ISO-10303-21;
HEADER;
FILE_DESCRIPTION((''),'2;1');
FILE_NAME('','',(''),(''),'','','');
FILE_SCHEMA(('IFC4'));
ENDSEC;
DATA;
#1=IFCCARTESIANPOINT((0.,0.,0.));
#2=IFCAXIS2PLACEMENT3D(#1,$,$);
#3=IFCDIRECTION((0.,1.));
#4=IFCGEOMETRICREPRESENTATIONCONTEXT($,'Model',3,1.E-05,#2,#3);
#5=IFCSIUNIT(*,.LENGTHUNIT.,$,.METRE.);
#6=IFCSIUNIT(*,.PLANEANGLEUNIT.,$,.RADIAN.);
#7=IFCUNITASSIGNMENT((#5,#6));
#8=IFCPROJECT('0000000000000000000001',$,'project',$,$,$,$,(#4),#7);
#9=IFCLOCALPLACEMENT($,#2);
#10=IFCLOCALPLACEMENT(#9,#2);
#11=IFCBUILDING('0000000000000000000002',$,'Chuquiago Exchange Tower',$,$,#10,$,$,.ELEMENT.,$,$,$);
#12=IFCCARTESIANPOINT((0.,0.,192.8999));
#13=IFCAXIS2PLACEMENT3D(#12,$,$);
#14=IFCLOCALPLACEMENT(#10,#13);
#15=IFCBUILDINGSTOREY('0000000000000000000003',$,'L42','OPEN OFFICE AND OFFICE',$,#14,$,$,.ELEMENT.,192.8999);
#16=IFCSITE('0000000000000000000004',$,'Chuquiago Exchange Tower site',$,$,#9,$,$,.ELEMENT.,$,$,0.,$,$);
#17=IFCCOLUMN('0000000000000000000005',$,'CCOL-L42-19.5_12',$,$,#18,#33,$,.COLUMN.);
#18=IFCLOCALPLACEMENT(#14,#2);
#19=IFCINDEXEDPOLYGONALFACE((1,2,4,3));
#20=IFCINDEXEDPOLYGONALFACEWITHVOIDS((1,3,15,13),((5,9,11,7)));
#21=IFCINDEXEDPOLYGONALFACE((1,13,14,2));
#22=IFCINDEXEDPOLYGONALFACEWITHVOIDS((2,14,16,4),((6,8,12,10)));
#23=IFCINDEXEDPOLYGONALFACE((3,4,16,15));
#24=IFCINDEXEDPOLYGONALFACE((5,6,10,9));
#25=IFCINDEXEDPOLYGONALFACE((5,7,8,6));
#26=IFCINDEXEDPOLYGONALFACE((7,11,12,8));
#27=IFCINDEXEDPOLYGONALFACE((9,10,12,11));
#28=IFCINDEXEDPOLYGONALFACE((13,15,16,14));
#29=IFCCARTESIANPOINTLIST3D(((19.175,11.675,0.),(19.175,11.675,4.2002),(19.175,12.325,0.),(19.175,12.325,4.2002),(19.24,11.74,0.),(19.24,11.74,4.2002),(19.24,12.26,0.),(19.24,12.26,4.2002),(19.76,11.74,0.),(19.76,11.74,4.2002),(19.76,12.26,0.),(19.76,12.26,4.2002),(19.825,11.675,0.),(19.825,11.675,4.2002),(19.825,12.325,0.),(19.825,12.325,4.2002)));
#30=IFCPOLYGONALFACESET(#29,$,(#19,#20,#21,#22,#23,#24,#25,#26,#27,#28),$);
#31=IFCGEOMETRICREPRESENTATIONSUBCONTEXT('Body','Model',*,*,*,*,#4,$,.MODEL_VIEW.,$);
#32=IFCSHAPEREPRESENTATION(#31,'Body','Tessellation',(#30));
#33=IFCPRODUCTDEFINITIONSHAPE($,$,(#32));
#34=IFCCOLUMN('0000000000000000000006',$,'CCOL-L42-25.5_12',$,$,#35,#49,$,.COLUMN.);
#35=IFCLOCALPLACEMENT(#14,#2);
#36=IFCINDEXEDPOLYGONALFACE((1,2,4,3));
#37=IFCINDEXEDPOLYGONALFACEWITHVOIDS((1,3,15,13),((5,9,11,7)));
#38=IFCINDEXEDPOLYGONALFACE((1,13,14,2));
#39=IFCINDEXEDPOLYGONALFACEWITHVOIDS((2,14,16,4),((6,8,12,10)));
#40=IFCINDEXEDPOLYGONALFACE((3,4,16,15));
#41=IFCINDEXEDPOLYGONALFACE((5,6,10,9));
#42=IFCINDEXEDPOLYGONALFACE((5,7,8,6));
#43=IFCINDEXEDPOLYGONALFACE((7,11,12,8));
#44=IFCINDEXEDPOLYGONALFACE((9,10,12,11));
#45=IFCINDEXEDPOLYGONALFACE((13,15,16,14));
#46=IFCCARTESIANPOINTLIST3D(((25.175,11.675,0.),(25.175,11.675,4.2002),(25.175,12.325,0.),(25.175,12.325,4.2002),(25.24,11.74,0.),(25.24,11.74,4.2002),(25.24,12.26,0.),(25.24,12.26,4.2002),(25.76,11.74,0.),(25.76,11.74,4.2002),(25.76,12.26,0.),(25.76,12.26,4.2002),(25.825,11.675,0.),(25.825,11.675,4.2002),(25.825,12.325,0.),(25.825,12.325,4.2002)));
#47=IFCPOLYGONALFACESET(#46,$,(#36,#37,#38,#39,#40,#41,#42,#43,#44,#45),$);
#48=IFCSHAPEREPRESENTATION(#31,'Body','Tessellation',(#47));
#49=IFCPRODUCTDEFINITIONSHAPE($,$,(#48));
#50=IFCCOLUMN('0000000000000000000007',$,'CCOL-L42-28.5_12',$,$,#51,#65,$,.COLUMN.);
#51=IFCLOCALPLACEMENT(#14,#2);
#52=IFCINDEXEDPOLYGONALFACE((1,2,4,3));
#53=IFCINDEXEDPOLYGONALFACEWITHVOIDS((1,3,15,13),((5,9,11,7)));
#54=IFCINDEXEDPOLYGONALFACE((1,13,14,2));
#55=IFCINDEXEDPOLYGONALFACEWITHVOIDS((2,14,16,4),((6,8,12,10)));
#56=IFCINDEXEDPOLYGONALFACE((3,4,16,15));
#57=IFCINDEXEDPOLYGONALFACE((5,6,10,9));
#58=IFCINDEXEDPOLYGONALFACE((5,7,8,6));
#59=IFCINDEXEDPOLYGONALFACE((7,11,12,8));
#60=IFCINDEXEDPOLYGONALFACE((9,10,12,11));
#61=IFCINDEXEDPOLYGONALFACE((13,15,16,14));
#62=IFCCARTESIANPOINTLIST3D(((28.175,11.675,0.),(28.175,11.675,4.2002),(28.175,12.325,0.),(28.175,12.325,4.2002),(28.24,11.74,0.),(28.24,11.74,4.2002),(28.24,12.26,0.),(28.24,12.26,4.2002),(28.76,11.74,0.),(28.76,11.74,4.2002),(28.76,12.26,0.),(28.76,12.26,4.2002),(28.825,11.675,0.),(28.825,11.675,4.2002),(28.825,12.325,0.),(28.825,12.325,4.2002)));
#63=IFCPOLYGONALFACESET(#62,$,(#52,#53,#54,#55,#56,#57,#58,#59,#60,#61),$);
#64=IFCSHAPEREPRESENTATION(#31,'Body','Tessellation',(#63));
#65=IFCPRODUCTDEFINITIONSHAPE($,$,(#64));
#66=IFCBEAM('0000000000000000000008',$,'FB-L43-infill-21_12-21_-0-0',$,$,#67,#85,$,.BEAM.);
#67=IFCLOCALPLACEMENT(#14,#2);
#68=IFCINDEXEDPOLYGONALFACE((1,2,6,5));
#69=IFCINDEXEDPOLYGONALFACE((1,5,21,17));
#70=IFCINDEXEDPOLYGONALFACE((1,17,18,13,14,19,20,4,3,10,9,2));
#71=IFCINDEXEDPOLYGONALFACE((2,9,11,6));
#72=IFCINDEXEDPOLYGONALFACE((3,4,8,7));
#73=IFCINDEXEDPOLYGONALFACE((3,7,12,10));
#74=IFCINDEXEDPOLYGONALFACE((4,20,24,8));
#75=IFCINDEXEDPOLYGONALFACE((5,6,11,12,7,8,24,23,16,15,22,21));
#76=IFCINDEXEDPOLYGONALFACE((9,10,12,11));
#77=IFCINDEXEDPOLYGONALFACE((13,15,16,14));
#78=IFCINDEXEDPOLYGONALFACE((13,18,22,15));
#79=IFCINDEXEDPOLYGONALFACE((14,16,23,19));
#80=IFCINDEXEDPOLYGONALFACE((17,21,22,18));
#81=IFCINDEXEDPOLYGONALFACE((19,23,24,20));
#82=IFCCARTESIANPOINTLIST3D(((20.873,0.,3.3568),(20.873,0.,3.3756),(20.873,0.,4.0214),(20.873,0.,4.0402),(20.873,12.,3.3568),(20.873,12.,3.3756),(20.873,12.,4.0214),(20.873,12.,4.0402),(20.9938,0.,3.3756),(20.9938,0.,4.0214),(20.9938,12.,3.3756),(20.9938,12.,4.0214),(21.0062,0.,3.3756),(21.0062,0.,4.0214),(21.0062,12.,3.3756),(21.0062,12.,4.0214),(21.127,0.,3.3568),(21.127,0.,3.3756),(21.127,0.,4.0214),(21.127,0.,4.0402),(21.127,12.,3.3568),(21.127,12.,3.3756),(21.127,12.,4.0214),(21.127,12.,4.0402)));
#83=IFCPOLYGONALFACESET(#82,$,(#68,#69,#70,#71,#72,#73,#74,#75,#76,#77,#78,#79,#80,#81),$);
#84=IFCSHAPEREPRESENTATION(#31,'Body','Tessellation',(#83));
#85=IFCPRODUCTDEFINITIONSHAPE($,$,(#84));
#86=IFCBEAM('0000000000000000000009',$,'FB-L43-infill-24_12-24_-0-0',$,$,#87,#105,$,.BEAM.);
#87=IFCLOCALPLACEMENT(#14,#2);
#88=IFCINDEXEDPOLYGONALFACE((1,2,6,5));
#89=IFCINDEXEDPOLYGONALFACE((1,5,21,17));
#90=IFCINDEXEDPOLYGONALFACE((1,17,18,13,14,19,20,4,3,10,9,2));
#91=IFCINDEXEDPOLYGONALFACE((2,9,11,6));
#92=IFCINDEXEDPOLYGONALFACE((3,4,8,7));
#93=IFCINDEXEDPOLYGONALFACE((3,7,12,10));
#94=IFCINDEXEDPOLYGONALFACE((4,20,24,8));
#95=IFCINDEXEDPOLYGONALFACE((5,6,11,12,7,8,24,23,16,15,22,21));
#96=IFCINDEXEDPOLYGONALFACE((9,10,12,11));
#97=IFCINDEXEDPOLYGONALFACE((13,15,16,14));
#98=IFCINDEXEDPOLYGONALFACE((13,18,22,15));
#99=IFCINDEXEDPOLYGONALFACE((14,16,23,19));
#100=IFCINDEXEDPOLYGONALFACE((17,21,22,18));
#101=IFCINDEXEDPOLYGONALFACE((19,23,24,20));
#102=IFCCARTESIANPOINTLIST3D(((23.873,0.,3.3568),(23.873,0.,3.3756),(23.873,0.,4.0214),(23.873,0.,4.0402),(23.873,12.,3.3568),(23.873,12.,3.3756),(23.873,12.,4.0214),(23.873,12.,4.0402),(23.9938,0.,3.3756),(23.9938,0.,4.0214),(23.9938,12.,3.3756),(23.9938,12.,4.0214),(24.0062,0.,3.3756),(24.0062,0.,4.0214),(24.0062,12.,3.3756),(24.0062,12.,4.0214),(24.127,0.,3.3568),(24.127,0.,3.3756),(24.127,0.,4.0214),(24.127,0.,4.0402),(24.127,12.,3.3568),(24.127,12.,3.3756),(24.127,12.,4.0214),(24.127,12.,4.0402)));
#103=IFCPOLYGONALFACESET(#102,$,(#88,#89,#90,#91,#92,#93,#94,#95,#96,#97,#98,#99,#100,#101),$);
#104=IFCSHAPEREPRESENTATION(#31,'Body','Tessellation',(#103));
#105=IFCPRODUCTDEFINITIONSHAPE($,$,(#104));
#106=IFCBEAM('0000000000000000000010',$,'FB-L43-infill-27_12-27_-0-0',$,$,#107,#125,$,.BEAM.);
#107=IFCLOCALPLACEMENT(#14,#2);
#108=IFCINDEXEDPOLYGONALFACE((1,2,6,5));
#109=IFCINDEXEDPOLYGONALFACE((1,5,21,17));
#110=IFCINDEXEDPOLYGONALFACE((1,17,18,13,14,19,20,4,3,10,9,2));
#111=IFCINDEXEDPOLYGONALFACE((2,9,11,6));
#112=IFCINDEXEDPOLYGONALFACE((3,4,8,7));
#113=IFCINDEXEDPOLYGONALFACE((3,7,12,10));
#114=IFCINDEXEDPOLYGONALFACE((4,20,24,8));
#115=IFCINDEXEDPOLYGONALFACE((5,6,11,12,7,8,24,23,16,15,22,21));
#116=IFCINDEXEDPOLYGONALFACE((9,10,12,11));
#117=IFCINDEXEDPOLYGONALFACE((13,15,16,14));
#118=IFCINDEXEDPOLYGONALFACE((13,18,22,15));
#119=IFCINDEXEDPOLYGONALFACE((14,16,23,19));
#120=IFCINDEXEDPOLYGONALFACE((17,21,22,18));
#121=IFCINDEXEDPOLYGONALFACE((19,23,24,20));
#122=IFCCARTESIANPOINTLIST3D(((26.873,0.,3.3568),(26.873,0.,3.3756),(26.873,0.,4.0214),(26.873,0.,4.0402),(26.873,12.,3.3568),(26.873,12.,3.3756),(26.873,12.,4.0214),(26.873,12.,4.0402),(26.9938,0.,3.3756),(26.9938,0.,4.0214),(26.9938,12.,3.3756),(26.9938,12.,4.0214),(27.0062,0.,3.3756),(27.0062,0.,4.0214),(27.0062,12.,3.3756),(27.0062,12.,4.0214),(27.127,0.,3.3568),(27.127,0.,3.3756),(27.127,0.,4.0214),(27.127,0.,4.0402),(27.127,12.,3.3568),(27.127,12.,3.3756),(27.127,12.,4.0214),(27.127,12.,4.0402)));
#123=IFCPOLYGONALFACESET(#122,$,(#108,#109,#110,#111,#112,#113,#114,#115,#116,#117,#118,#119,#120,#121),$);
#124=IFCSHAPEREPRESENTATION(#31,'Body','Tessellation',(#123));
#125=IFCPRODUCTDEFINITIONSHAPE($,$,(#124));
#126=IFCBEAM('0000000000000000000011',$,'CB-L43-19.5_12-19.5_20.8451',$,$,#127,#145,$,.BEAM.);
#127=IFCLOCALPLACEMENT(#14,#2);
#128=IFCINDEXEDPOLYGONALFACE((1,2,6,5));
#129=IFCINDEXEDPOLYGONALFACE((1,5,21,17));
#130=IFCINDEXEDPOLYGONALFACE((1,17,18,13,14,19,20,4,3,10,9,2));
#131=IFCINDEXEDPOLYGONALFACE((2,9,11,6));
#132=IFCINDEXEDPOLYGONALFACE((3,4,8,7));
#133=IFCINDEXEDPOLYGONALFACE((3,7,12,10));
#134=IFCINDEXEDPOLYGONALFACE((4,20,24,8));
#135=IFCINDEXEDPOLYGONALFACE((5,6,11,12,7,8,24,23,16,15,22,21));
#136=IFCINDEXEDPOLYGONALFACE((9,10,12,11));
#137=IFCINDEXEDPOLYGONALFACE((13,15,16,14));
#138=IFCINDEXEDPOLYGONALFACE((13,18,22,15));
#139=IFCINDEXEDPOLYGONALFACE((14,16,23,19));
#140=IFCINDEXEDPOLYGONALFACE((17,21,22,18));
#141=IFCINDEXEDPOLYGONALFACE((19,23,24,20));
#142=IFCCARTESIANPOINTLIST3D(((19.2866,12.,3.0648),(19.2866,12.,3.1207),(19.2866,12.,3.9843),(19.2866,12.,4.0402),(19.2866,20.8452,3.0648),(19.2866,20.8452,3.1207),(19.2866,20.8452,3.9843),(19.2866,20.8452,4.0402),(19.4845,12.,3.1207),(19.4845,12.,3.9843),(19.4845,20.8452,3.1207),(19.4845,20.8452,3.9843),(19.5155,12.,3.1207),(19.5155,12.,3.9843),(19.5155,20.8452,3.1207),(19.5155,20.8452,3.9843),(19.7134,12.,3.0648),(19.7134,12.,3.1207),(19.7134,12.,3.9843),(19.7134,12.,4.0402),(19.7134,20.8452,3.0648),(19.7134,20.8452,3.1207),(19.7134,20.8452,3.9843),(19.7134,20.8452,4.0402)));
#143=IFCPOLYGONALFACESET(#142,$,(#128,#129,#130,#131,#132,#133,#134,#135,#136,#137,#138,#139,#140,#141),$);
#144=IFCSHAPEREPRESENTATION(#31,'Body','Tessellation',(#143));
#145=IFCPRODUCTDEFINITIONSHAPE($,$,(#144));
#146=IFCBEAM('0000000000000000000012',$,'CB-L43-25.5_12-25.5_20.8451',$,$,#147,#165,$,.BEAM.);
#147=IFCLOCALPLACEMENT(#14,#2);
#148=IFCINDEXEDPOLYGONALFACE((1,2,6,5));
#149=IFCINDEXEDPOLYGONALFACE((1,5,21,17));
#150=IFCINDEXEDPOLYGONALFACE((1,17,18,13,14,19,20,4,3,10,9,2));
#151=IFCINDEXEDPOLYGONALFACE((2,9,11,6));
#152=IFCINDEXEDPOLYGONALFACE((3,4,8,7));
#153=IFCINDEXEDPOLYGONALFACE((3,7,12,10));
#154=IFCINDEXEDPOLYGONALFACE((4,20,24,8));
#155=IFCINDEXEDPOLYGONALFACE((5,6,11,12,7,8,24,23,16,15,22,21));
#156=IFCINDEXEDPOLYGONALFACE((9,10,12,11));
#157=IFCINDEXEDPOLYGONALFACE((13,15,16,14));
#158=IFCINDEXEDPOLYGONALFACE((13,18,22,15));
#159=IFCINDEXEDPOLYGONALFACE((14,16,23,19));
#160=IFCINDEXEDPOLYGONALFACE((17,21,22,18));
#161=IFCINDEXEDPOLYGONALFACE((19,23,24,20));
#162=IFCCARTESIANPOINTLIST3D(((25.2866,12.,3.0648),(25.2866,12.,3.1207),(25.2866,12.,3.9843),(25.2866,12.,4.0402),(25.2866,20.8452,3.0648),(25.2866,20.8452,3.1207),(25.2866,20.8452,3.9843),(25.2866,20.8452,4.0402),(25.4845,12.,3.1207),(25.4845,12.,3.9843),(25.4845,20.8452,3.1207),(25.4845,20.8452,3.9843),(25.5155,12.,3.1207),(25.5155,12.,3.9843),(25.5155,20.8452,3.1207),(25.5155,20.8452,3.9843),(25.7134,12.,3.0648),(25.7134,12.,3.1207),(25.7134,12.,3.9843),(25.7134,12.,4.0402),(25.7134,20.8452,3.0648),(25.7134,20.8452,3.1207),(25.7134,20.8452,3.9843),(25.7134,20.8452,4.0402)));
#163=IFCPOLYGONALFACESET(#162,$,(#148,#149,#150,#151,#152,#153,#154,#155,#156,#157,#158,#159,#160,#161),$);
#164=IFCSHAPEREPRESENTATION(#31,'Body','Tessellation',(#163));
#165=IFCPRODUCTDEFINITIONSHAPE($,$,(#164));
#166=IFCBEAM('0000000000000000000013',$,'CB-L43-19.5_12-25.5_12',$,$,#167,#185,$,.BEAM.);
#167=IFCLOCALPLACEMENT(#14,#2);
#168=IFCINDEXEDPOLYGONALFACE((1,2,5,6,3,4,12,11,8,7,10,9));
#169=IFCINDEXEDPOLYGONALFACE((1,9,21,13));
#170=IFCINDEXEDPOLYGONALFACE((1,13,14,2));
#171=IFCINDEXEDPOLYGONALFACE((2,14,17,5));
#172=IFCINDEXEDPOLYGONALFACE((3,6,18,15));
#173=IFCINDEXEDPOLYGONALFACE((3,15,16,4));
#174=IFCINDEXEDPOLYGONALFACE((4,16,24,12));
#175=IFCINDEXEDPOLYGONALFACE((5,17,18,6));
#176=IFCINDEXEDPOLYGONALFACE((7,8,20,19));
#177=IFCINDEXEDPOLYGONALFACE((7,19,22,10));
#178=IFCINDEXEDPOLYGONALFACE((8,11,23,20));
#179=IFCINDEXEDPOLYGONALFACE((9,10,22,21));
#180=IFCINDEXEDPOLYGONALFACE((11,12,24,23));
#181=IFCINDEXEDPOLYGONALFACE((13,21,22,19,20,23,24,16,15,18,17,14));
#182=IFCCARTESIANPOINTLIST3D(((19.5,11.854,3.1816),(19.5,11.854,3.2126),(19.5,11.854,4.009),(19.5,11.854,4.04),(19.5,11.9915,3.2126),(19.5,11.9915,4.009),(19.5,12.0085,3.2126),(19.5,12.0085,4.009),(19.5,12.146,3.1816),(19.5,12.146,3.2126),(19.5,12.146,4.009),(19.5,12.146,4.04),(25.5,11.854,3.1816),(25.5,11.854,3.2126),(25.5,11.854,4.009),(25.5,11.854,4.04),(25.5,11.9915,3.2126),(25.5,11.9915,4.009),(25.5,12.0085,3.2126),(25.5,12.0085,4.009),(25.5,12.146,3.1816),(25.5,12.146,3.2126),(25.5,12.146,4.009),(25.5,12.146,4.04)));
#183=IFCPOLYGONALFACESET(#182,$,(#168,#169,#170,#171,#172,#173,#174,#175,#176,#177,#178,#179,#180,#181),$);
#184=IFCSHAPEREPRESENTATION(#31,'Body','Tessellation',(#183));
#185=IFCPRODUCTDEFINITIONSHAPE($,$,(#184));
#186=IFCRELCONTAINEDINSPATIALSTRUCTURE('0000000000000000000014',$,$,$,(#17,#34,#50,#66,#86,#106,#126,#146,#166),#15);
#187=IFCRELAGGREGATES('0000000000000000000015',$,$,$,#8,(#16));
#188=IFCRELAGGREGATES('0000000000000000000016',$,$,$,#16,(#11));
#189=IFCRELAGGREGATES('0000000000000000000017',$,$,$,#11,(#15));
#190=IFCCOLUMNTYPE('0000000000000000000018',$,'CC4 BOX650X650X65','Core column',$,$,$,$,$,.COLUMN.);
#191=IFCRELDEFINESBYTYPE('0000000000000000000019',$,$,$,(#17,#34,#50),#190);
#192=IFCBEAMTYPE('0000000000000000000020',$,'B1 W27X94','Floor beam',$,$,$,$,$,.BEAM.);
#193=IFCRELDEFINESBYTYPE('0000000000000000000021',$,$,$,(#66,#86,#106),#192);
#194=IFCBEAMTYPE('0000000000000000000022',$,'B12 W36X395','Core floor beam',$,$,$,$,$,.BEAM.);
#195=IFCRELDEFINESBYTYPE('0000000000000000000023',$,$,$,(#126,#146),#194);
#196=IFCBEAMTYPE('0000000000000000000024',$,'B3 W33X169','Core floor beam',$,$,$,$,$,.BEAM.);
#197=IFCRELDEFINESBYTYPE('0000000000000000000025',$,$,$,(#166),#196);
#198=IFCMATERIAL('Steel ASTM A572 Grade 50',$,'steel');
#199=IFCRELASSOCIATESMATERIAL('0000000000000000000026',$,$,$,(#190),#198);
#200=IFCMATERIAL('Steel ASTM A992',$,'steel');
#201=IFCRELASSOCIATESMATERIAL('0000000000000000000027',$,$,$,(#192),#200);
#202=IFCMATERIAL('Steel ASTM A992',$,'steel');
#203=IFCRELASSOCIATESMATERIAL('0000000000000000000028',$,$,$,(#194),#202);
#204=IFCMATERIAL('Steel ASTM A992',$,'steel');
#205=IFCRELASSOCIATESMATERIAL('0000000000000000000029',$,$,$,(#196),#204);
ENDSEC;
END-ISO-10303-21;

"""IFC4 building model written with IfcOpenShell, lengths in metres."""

from ifc_helpers import new_model, si_unit, direction, frame, origin, origin_2d, place, context, subcontext, project, spatial, hollow_rectangle, i_section, extrude, material, material_profile, profile_set, type_object, element, save


model = new_model("IFC4")

# Units and contexts
model_context = context("Model", 3, precision=1e-05, world=origin(), true_north=direction((0.0, 1.0)))
body_context = subcontext(model_context, "Body", "Model", "MODEL_VIEW")
ifc_project = project(units=[si_unit("LENGTHUNIT", "METRE"), si_unit("PLANEANGLEUNIT", "RADIAN")], contexts=[model_context])

# Site, building, storey
site_placement = place(None, origin())
site = spatial("IfcSite", under=ifc_project, at=site_placement, Name="Chuquiago Exchange Tower site", CompositionType="ELEMENT", RefElevation=0.0)
building_placement = place(site_placement, origin())
building = spatial("IfcBuilding", under=site, at=building_placement, Name="Chuquiago Exchange Tower", CompositionType="ELEMENT")
storey_placement = place(building_placement, frame((0.0, 0.0, 192.8999)))
storey = spatial("IfcBuildingStorey", under=building, at=storey_placement, Name="L42", Description="OPEN OFFICE AND OFFICE", CompositionType="ELEMENT", Elevation=192.8999)

# Columns
ifc_material_1 = material(Name="Steel ASTM A572 Grade 50", Category="steel")
ifc_material_profile_1 = material_profile(ifc_material_1, hollow_rectangle(XDim=0.6499, YDim=0.6499, WallThickness=0.0649, at=origin_2d()), Name="BOX650X650X65")
ifc_profile_set_1 = profile_set([ifc_material_profile_1], Name="Steel ASTM A572 Grade 50")
column_type = type_object("IfcColumnType", Name="CC4 BOX650X650X65", Description="Core column", PredefinedType="COLUMN", material=ifc_profile_set_1)
for number, where, z_axis, x_axis, name in (
    (1, (19.5, 12.0, 0.0), (0.0, 0.0, 1.0), (1.0, 0.0, 0.0), "CCOL-L42-19.5_12"),
    (2, (25.5, 12.0, 0.0), (0.0, 0.0, 1.0), (1.0, 0.0, 0.0), "CCOL-L42-25.5_12"),
    (3, (28.5, 12.0, 0.0), (0.0, 0.0, 1.0), (1.0, 0.0, 0.0), "CCOL-L42-28.5_12"),
):
    element("IfcColumn", number, at=place(storey_placement, frame(where, z_axis=z_axis, x_axis=x_axis)), inside=storey, type_object=column_type, Name=name, PredefinedType="COLUMN", context=body_context, shape_type="SweptSolid", body=[
        extrude(hollow_rectangle(XDim=0.6499, YDim=0.6499, WallThickness=0.0649, at=origin_2d()), origin(), (0.0, 0.0, 1.0), 4.2002),
    ])

# Beams
ifc_material_2 = material(Name="Steel ASTM A992", Category="steel")
ifc_material_profile_2 = material_profile(ifc_material_2, i_section(OverallWidth=0.2539, OverallDepth=0.6833, WebThickness=0.0125, FlangeThickness=0.0188, at=origin_2d()), Name="W27X94")
ifc_profile_set_2 = profile_set([ifc_material_profile_2], Name="Steel ASTM A992")
beam_type_1 = type_object("IfcBeamType", Name="B1 W27X94", Description="Floor beam", PredefinedType="BEAM", material=ifc_profile_set_2)
for number, where, z_axis, x_axis, name in (
    (4, (21.0, 12.0, 3.6985), (0.0, -1.0, 0.0), (1.0, 0.0, 0.0), "FB-L43-infill-21_12-21_-0-0"),
    (5, (24.0, 12.0, 3.6985), (0.0, -1.0, 0.0), (1.0, 0.0, 0.0), "FB-L43-infill-24_12-24_-0-0"),
    (6, (27.0, 12.0, 3.6985), (0.0, -1.0, 0.0), (1.0, 0.0, 0.0), "FB-L43-infill-27_12-27_-0-0"),
):
    element("IfcBeam", number, at=place(storey_placement, frame(where, z_axis=z_axis, x_axis=x_axis)), inside=storey, type_object=beam_type_1, Name=name, PredefinedType="BEAM", context=body_context, shape_type="SweptSolid", body=[
        extrude(i_section(OverallWidth=0.2539, OverallDepth=0.6833, WebThickness=0.0125, FlangeThickness=0.0188, at=origin_2d()), origin(), (0.0, 0.0, 1.0), 12.0),
    ])
ifc_material_3 = material(Name="Steel ASTM A992", Category="steel")
ifc_material_profile_3 = material_profile(ifc_material_3, i_section(OverallWidth=0.4268, OverallDepth=0.9753, WebThickness=0.031, FlangeThickness=0.0559, at=origin_2d()), Name="W36X395")
ifc_profile_set_3 = profile_set([ifc_material_profile_3], Name="Steel ASTM A992")
beam_type_2 = type_object("IfcBeamType", Name="B12 W36X395", Description="Core floor beam", PredefinedType="BEAM", material=ifc_profile_set_3)
for number, where, z_axis, x_axis, name in (
    (7, (19.5, 12.0, 3.5525), (0.0, 1.0, 0.0), (-1.0, 0.0, 0.0), "CB-L43-19.5_12-19.5_20.8451"),
    (8, (25.5, 12.0, 3.5525), (0.0, 1.0, 0.0), (-1.0, 0.0, 0.0), "CB-L43-25.5_12-25.5_20.8451"),
):
    element("IfcBeam", number, at=place(storey_placement, frame(where, z_axis=z_axis, x_axis=x_axis)), inside=storey, type_object=beam_type_2, Name=name, PredefinedType="BEAM", context=body_context, shape_type="SweptSolid", body=[
        extrude(i_section(OverallWidth=0.4268, OverallDepth=0.9753, WebThickness=0.031, FlangeThickness=0.0559, at=origin_2d()), origin(), (0.0, 0.0, 1.0), 8.8452),
    ])
ifc_material_4 = material(Name="Steel ASTM A992", Category="steel")
ifc_material_profile_4 = material_profile(ifc_material_4, i_section(OverallWidth=0.292, OverallDepth=0.8584, WebThickness=0.0171, FlangeThickness=0.031, at=origin_2d()), Name="W33X169")
ifc_profile_set_4 = profile_set([ifc_material_profile_4], Name="Steel ASTM A992")
beam_type_3 = type_object("IfcBeamType", Name="B3 W33X169", Description="Core floor beam", PredefinedType="BEAM", material=ifc_profile_set_4)
beam_1_placement = place(storey_placement, frame((19.5, 12.0, 3.6108), z_axis=(1.0, 0.0, 0.0), x_axis=(0.0, 1.0, 0.0)))
element("IfcBeam", 9, at=beam_1_placement, inside=storey, type_object=beam_type_3, Name="CB-L43-19.5_12-25.5_12", PredefinedType="BEAM", context=body_context, shape_type="SweptSolid", body=[
    extrude(i_section(OverallWidth=0.292, OverallDepth=0.8584, WebThickness=0.0171, FlangeThickness=0.031, at=origin_2d()), origin(), (0.0, 0.0, 1.0), 6.0),
])

save(model, "model.ifc")
